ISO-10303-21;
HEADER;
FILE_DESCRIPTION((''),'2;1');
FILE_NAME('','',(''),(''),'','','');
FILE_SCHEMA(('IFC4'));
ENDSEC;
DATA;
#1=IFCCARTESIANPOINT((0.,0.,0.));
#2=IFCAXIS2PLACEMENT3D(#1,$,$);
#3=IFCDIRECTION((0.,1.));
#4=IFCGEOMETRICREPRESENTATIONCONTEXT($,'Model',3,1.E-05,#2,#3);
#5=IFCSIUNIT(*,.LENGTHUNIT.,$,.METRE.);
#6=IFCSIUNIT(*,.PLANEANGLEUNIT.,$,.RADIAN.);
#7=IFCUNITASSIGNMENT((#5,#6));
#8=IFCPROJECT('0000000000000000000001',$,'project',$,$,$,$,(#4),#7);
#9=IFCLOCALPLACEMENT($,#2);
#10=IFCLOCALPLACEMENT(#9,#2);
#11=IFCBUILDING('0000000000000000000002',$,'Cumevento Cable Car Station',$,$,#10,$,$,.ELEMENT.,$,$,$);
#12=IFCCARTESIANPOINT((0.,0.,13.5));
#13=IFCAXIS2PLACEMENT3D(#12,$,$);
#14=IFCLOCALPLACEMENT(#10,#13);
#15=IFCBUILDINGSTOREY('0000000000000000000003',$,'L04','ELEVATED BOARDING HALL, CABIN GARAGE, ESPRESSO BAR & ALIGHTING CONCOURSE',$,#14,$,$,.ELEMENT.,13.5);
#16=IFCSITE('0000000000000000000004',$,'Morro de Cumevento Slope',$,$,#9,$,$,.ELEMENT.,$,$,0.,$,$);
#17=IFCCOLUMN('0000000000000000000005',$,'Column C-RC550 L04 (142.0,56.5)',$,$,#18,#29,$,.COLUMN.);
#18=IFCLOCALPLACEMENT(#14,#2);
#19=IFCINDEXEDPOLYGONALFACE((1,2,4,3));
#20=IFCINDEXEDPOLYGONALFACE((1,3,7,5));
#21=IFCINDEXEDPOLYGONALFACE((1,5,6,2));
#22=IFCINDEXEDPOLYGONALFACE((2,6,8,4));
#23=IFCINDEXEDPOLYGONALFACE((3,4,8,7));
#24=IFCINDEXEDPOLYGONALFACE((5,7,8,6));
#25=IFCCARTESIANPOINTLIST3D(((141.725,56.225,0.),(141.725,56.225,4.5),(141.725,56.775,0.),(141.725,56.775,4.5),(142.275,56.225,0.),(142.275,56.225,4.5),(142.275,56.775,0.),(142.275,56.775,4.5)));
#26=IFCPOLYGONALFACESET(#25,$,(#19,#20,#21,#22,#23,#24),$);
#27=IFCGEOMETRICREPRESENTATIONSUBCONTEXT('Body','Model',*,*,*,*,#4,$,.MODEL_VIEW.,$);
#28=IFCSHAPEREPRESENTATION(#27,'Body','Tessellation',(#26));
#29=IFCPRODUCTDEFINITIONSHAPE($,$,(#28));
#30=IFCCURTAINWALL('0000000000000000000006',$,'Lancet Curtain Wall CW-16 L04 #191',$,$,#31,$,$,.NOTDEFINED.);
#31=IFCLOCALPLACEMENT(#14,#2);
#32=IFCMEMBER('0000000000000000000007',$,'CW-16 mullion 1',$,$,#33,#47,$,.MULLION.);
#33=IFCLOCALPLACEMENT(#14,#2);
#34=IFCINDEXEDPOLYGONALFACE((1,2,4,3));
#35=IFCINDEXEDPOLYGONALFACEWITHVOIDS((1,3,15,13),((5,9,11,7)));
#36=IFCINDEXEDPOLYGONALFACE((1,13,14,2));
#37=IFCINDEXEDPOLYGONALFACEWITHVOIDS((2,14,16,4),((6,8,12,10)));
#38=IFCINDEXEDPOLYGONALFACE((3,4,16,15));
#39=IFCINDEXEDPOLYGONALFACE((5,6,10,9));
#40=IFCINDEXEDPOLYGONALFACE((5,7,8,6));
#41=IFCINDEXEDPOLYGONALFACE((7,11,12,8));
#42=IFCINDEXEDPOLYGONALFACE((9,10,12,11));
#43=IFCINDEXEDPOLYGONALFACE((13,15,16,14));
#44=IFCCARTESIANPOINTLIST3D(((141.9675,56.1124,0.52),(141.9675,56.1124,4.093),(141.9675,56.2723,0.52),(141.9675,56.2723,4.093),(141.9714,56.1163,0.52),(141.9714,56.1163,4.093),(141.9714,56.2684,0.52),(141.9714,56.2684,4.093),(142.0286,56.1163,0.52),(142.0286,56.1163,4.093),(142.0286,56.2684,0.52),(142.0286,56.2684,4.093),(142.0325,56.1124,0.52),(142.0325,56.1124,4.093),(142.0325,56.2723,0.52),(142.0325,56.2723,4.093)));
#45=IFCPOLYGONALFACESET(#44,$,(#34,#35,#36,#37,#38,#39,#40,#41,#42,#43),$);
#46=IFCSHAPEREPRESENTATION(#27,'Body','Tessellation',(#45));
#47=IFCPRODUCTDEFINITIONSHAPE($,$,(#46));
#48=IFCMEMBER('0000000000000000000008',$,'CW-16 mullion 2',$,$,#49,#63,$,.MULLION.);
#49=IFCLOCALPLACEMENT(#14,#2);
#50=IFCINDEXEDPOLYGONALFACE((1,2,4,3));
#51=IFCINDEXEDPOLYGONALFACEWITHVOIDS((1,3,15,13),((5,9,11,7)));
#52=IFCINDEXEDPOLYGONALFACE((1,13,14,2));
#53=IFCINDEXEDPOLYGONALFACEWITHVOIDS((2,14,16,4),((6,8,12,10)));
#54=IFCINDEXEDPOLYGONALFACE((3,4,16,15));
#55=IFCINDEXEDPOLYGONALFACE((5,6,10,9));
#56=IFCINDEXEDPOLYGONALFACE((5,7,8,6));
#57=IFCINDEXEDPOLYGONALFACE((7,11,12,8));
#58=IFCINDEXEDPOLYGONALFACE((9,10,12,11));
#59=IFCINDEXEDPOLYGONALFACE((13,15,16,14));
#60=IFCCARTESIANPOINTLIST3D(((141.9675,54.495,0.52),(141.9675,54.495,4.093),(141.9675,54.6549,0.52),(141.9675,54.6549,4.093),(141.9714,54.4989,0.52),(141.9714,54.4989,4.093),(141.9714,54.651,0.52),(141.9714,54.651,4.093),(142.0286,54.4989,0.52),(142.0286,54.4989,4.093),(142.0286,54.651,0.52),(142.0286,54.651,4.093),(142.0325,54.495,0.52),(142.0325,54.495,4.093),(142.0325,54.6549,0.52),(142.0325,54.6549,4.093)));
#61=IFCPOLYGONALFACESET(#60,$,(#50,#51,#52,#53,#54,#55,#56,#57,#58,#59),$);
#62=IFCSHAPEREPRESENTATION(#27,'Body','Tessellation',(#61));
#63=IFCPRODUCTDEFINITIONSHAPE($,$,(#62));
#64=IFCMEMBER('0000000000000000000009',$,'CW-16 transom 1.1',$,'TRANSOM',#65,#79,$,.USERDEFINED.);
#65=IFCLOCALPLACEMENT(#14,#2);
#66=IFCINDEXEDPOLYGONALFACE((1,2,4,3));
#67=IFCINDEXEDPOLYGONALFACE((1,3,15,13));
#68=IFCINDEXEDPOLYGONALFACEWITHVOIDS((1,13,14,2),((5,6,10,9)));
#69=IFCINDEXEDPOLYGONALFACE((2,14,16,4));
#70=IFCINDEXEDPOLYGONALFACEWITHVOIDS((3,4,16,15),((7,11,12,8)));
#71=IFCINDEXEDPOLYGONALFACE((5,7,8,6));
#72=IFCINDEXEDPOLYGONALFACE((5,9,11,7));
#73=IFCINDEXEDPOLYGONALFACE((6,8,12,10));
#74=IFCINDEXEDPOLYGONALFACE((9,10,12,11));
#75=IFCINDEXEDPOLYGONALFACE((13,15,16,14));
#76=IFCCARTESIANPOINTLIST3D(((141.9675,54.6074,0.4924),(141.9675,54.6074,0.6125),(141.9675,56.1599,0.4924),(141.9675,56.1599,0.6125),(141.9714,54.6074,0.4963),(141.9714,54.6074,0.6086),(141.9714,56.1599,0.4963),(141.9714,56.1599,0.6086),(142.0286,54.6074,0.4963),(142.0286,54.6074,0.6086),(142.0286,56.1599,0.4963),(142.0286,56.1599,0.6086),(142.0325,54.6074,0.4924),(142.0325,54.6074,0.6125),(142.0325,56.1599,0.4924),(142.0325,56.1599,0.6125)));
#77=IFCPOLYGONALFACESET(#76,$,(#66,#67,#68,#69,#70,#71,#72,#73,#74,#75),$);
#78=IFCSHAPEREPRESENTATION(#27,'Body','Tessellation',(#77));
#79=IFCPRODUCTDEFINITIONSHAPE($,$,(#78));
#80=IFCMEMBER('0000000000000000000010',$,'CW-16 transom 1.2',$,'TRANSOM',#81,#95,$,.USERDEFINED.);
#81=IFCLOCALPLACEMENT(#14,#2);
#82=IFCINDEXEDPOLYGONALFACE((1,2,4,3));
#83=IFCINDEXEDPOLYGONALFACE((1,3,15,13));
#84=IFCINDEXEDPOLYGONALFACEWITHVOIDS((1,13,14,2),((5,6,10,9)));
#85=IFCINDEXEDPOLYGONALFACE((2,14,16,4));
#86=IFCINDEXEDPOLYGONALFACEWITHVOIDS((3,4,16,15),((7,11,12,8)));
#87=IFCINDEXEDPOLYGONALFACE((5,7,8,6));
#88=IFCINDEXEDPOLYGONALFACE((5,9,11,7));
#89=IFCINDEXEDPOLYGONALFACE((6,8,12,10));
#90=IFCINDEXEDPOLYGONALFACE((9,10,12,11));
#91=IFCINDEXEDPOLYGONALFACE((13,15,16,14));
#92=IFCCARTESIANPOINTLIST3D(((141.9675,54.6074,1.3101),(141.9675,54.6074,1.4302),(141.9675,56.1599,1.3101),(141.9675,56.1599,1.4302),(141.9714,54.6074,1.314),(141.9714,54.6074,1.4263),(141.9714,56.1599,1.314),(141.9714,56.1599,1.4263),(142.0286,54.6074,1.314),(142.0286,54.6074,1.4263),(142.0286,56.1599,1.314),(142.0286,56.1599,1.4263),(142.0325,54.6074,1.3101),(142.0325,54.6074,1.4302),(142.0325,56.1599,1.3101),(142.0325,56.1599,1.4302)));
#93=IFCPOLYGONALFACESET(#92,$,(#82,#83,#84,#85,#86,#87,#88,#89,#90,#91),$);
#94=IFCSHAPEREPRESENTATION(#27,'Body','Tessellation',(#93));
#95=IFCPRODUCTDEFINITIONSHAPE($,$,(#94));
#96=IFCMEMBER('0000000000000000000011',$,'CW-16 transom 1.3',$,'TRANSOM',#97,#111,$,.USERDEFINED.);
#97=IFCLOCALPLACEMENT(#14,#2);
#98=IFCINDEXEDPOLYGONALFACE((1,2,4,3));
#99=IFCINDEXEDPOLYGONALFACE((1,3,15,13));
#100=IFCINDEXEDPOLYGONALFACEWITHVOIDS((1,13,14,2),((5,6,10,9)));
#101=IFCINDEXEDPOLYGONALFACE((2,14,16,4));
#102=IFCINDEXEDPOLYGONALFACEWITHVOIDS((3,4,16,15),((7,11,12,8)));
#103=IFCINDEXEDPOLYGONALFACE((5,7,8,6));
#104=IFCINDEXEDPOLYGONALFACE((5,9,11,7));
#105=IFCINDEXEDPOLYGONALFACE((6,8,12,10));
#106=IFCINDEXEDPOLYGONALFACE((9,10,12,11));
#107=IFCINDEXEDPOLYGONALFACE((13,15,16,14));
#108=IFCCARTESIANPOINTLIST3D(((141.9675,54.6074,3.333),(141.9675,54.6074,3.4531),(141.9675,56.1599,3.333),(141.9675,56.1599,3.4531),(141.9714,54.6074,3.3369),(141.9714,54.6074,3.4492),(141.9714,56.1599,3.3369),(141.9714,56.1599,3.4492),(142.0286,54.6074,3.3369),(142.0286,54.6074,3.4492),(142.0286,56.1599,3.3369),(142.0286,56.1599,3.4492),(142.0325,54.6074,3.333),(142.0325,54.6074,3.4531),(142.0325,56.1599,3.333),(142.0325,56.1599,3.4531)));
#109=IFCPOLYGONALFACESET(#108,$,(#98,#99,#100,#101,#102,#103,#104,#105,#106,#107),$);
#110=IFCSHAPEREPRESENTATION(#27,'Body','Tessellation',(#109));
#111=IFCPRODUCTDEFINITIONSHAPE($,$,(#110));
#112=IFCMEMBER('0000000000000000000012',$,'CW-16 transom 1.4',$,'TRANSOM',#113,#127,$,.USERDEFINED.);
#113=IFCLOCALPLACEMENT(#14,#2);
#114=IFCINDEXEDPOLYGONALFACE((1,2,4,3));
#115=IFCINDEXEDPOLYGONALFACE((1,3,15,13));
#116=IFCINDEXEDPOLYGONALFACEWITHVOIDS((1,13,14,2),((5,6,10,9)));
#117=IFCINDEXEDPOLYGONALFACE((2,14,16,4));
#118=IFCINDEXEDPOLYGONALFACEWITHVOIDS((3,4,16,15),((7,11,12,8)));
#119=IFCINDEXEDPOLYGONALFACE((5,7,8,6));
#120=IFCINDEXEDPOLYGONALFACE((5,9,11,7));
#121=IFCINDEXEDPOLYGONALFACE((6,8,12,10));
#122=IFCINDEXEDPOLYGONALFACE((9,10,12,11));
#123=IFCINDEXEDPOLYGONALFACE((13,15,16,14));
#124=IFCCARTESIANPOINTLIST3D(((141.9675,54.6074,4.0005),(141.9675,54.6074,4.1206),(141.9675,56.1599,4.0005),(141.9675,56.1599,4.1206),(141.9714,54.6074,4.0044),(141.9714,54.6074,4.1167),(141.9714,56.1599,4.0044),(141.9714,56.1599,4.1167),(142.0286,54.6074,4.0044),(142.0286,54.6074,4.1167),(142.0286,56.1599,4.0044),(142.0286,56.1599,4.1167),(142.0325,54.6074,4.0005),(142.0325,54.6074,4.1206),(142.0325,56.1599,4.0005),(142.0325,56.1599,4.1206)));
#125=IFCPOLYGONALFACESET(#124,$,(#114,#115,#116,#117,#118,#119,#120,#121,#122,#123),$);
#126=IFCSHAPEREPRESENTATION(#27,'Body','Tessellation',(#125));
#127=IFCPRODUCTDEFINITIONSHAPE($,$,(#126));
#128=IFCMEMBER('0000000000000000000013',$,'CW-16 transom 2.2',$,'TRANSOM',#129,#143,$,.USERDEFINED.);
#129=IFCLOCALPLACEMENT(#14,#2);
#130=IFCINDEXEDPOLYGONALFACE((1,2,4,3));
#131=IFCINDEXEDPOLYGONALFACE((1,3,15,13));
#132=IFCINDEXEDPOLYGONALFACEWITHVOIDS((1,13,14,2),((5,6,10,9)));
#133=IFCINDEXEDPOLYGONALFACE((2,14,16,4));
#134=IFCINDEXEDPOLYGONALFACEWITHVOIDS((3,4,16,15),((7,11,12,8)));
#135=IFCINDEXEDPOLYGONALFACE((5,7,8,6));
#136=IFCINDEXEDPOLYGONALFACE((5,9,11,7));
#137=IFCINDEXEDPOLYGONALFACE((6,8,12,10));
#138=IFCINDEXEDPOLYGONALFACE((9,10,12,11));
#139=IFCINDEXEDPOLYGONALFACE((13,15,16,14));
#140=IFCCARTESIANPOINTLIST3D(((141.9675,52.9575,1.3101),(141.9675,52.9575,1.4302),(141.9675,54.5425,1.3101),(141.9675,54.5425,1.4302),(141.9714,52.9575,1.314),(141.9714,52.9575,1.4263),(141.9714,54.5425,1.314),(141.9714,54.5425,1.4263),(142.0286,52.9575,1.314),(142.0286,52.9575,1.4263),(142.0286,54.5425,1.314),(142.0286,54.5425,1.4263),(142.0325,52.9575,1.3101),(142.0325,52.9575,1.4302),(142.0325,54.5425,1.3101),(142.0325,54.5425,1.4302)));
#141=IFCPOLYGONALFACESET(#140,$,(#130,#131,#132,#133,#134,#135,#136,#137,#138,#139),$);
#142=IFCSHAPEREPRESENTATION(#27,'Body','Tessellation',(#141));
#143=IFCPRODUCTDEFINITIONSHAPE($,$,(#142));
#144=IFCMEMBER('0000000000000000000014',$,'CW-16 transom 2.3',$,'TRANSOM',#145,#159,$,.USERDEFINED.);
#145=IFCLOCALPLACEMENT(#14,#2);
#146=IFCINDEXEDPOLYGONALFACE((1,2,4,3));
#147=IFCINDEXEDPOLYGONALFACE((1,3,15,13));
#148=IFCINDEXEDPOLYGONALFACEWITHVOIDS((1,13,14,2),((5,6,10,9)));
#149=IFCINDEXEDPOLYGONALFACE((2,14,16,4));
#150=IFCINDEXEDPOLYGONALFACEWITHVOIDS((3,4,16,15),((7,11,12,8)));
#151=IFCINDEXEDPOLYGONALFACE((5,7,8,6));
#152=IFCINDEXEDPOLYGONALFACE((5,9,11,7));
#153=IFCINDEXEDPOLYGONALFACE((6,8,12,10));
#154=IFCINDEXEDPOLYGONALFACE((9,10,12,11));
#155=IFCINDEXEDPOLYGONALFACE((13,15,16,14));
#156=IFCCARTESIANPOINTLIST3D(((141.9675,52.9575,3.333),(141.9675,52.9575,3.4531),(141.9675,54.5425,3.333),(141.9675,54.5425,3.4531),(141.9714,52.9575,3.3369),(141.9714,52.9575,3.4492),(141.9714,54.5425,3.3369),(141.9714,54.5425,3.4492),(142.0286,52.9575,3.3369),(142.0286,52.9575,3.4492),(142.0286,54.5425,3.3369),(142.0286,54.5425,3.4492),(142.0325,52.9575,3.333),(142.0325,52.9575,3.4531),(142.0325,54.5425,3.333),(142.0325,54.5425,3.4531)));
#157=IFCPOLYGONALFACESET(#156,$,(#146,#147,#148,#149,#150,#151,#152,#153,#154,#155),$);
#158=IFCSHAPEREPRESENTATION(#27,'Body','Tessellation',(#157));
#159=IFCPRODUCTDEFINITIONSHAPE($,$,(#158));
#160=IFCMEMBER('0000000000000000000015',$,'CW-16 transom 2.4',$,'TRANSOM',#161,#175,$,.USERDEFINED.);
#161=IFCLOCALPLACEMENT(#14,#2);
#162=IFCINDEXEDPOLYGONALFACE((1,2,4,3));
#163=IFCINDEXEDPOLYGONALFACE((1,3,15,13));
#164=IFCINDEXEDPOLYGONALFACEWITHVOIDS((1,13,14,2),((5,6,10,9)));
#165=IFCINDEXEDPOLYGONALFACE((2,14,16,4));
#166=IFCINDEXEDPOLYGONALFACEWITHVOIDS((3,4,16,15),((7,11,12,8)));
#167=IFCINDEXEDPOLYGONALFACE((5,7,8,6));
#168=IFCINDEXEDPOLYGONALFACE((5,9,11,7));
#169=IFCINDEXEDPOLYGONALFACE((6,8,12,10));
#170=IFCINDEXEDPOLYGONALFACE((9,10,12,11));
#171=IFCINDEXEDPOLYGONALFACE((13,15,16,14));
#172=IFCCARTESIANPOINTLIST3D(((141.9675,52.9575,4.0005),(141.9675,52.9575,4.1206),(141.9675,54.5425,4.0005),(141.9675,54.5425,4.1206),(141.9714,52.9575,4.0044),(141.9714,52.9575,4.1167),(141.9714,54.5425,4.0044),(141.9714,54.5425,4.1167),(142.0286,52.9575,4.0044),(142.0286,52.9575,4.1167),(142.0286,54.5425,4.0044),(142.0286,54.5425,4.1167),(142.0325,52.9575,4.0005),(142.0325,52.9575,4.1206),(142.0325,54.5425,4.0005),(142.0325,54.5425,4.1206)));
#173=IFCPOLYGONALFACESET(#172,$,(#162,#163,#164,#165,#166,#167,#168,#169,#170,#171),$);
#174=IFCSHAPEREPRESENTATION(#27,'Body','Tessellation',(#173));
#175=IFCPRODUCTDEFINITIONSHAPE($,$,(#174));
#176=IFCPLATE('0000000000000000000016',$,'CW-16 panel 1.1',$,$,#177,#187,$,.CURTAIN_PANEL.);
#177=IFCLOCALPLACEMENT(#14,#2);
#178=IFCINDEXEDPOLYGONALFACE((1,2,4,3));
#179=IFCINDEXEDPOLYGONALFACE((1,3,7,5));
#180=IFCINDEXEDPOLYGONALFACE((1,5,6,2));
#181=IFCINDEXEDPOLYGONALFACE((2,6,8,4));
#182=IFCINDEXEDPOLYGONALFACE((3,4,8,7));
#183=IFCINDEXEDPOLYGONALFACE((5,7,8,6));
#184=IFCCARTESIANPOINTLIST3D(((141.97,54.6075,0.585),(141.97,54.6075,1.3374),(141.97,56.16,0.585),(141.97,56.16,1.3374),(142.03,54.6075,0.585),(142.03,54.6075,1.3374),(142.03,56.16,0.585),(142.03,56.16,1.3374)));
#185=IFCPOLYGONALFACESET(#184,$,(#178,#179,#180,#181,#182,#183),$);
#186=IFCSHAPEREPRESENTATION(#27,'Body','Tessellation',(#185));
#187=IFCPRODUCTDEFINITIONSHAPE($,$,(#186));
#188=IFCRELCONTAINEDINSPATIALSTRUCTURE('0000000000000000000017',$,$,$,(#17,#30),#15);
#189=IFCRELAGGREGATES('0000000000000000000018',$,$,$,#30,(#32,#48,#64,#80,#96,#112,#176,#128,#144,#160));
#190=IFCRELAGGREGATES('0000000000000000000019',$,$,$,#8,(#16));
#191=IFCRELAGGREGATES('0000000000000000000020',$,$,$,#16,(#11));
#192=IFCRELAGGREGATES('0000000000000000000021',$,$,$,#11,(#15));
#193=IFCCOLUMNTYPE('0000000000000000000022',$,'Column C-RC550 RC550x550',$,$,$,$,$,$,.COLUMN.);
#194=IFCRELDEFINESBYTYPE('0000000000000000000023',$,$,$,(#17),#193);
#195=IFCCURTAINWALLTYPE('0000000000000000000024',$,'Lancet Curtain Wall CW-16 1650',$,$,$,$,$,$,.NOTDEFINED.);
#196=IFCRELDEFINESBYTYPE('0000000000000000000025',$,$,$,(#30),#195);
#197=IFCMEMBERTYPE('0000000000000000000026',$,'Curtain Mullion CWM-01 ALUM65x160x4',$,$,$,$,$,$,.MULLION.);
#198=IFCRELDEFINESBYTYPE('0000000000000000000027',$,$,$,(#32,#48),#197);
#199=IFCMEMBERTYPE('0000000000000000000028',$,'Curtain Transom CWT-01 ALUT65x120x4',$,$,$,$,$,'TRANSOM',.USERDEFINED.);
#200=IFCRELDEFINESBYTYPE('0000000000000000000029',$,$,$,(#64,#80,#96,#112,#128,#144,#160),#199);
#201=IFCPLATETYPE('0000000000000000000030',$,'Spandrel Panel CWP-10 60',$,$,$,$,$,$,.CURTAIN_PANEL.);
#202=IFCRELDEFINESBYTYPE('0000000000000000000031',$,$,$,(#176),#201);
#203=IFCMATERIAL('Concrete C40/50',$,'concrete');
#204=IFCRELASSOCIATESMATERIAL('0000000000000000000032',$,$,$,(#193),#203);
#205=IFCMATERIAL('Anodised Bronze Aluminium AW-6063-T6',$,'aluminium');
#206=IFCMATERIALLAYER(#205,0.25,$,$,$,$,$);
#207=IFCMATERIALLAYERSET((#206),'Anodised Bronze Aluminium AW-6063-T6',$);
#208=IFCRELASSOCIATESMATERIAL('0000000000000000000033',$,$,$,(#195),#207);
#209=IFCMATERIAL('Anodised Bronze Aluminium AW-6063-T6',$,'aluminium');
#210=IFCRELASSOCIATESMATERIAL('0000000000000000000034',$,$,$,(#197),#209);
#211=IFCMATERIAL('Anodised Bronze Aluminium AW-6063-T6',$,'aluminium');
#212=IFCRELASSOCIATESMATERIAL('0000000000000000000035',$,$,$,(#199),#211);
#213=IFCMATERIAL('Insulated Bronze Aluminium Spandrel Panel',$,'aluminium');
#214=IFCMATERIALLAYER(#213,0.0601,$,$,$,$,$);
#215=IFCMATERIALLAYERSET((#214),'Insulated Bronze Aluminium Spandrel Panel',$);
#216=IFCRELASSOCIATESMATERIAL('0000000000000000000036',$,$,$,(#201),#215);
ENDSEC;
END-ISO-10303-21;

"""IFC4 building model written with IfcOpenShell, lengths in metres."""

from ifc_helpers import new_model, si_unit, direction, frame, origin, origin_2d, place, context, subcontext, project, spatial, rectangle, hollow_rectangle, extrude, material, layer, layer_set, material_profile, profile_set, type_object, element, aggregate, save


model = new_model("IFC4")

# Units and contexts
model_context = context("Model", 3, precision=1e-05, world=origin(), true_north=direction((0.0, 1.0)))
body_context = subcontext(model_context, "Body", "Model", "MODEL_VIEW")
ifc_project = project(units=[si_unit("LENGTHUNIT", "METRE"), si_unit("PLANEANGLEUNIT", "RADIAN")], contexts=[model_context])

# Site, building, storey
site_placement = place(None, origin())
site = spatial("IfcSite", under=ifc_project, at=site_placement, Name="Morro de Cumevento Slope", CompositionType="ELEMENT", RefElevation=0.0)
building_placement = place(site_placement, origin())
building = spatial("IfcBuilding", under=site, at=building_placement, Name="Cumevento Cable Car Station", CompositionType="ELEMENT")
storey_placement = place(building_placement, frame((0.0, 0.0, 13.5)))
storey = spatial("IfcBuildingStorey", under=building, at=storey_placement, Name="L04", Description="ELEVATED BOARDING HALL, CABIN GARAGE, ESPRESSO BAR & ALIGHTING CONCOURSE", CompositionType="ELEMENT", Elevation=13.5)

# Column
ifc_material_1 = material(Name="Concrete C40/50", Category="concrete")
ifc_material_profile_1 = material_profile(ifc_material_1, rectangle(XDim=0.55, YDim=0.55, at=origin_2d()), Name="RC550x550")
ifc_profile_set_1 = profile_set([ifc_material_profile_1], Name="Concrete C40/50")
column_type = type_object("IfcColumnType", Name="Column C-RC550 RC550x550", PredefinedType="COLUMN", material=ifc_profile_set_1)
column_placement = place(storey_placement, frame((142.0, 56.5, 0.0), z_axis=(0.0, 0.0, 1.0), x_axis=(1.0, 0.0, 0.0)))
element("IfcColumn", 1, at=column_placement, inside=storey, type_object=column_type, Name="Column C-RC550 L04 (142.0,56.5)", PredefinedType="COLUMN", context=body_context, shape_type="SweptSolid", body=[
    extrude(rectangle(XDim=0.55, YDim=0.55, at=origin_2d()), origin(), (0.0, 0.0, 1.0), 4.5),
])

# Curtain wall, members, plate
ifc_material_2 = material(Name="Anodised Bronze Aluminium AW-6063-T6", Category="aluminium")
ifc_layer_1 = layer(ifc_material_2, 0.25)
ifc_layer_set_1 = layer_set([ifc_layer_1], Name="Anodised Bronze Aluminium AW-6063-T6")
curtain_wall_type = type_object("IfcCurtainWallType", Name="Lancet Curtain Wall CW-16 1650", PredefinedType="NOTDEFINED", material=ifc_layer_set_1)
curtain_wall_placement = place(storey_placement, origin())
curtain_wall = element("IfcCurtainWall", 2, at=curtain_wall_placement, inside=storey, type_object=curtain_wall_type, Name="Lancet Curtain Wall CW-16 L04 #191", PredefinedType="NOTDEFINED")
ifc_material_3 = material(Name="Anodised Bronze Aluminium AW-6063-T6", Category="aluminium")
ifc_material_profile_2 = material_profile(ifc_material_3, hollow_rectangle(XDim=0.0649, YDim=0.1599, WallThickness=0.0039, at=origin_2d()), Name="ALUM65x160x4")
ifc_profile_set_2 = profile_set([ifc_material_profile_2], Name="Anodised Bronze Aluminium AW-6063-T6")
member_type_1 = type_object("IfcMemberType", Name="Curtain Mullion CWM-01 ALUM65x160x4", PredefinedType="MULLION", material=ifc_profile_set_2)
member_1_placement = place(storey_placement, frame((142.0, 56.1924, 0.52), z_axis=(0.0, 0.0, 1.0), x_axis=(1.0, 0.0, 0.0)))
member_1 = element("IfcMember", 3, at=member_1_placement, type_object=member_type_1, Name="CW-16 mullion 1", PredefinedType="MULLION", context=body_context, shape_type="SweptSolid", body=[
    extrude(hollow_rectangle(XDim=0.0649, YDim=0.1599, WallThickness=0.0039, at=origin_2d()), origin(), (0.0, 0.0, 1.0), 3.573),
])
member_2_placement = place(storey_placement, frame((142.0, 54.575, 0.52), z_axis=(0.0, 0.0, 1.0), x_axis=(1.0, 0.0, 0.0)))
member_2 = element("IfcMember", 4, at=member_2_placement, type_object=member_type_1, Name="CW-16 mullion 2", PredefinedType="MULLION", context=body_context, shape_type="SweptSolid", body=[
    extrude(hollow_rectangle(XDim=0.0649, YDim=0.1599, WallThickness=0.0039, at=origin_2d()), origin(), (0.0, 0.0, 1.0), 3.573),
])
ifc_material_4 = material(Name="Anodised Bronze Aluminium AW-6063-T6", Category="aluminium")
ifc_material_profile_3 = material_profile(ifc_material_4, hollow_rectangle(XDim=0.0649, YDim=0.1201, WallThickness=0.0039, at=origin_2d()), Name="ALUT65x120x4")
ifc_profile_set_3 = profile_set([ifc_material_profile_3], Name="Anodised Bronze Aluminium AW-6063-T6")
member_type_2 = type_object("IfcMemberType", Name="Curtain Transom CWT-01 ALUT65x120x4", ElementType="TRANSOM", PredefinedType="USERDEFINED", material=ifc_profile_set_3)
member_3_placement = place(storey_placement, frame((142.0, 56.1599, 0.5525), z_axis=(0.0, -1.0, 0.0), x_axis=(1.0, 0.0, 0.0)))
member_3 = element("IfcMember", 5, at=member_3_placement, type_object=member_type_2, Name="CW-16 transom 1.1", ObjectType="TRANSOM", PredefinedType="USERDEFINED", context=body_context, shape_type="SweptSolid", body=[
    extrude(hollow_rectangle(XDim=0.0649, YDim=0.1201, WallThickness=0.0039, at=origin_2d()), origin(), (0.0, 0.0, 1.0), 1.5525),
])
member_4_placement = place(storey_placement, frame((142.0, 56.1599, 1.3701), z_axis=(0.0, -1.0, 0.0), x_axis=(1.0, 0.0, 0.0)))
member_4 = element("IfcMember", 6, at=member_4_placement, type_object=member_type_2, Name="CW-16 transom 1.2", ObjectType="TRANSOM", PredefinedType="USERDEFINED", context=body_context, shape_type="SweptSolid", body=[
    extrude(hollow_rectangle(XDim=0.0649, YDim=0.1201, WallThickness=0.0039, at=origin_2d()), origin(), (0.0, 0.0, 1.0), 1.5525),
])
member_5_placement = place(storey_placement, frame((142.0, 56.1599, 3.3931), z_axis=(0.0, -1.0, 0.0), x_axis=(1.0, 0.0, 0.0)))
member_5 = element("IfcMember", 7, at=member_5_placement, type_object=member_type_2, Name="CW-16 transom 1.3", ObjectType="TRANSOM", PredefinedType="USERDEFINED", context=body_context, shape_type="SweptSolid", body=[
    extrude(hollow_rectangle(XDim=0.0649, YDim=0.1201, WallThickness=0.0039, at=origin_2d()), origin(), (0.0, 0.0, 1.0), 1.5525),
])
member_6_placement = place(storey_placement, frame((142.0, 56.1599, 4.0605), z_axis=(0.0, -1.0, 0.0), x_axis=(1.0, 0.0, 0.0)))
member_6 = element("IfcMember", 8, at=member_6_placement, type_object=member_type_2, Name="CW-16 transom 1.4", ObjectType="TRANSOM", PredefinedType="USERDEFINED", context=body_context, shape_type="SweptSolid", body=[
    extrude(hollow_rectangle(XDim=0.0649, YDim=0.1201, WallThickness=0.0039, at=origin_2d()), origin(), (0.0, 0.0, 1.0), 1.5525),
])
member_7_placement = place(storey_placement, frame((142.0, 54.5425, 1.3701), z_axis=(0.0, -1.0, 0.0), x_axis=(1.0, 0.0, 0.0)))
member_7 = element("IfcMember", 9, at=member_7_placement, type_object=member_type_2, Name="CW-16 transom 2.2", ObjectType="TRANSOM", PredefinedType="USERDEFINED", context=body_context, shape_type="SweptSolid", body=[
    extrude(hollow_rectangle(XDim=0.0649, YDim=0.1201, WallThickness=0.0039, at=origin_2d()), origin(), (0.0, 0.0, 1.0), 1.585),
])
member_8_placement = place(storey_placement, frame((142.0, 54.5425, 3.3931), z_axis=(0.0, -1.0, 0.0), x_axis=(1.0, 0.0, 0.0)))
member_8 = element("IfcMember", 10, at=member_8_placement, type_object=member_type_2, Name="CW-16 transom 2.3", ObjectType="TRANSOM", PredefinedType="USERDEFINED", context=body_context, shape_type="SweptSolid", body=[
    extrude(hollow_rectangle(XDim=0.0649, YDim=0.1201, WallThickness=0.0039, at=origin_2d()), origin(), (0.0, 0.0, 1.0), 1.585),
])
member_9_placement = place(storey_placement, frame((142.0, 54.5425, 4.0605), z_axis=(0.0, -1.0, 0.0), x_axis=(1.0, 0.0, 0.0)))
member_9 = element("IfcMember", 11, at=member_9_placement, type_object=member_type_2, Name="CW-16 transom 2.4", ObjectType="TRANSOM", PredefinedType="USERDEFINED", context=body_context, shape_type="SweptSolid", body=[
    extrude(hollow_rectangle(XDim=0.0649, YDim=0.1201, WallThickness=0.0039, at=origin_2d()), origin(), (0.0, 0.0, 1.0), 1.585),
])
ifc_material_5 = material(Name="Insulated Bronze Aluminium Spandrel Panel", Category="aluminium")
ifc_layer_2 = layer(ifc_material_5, 0.0601)
ifc_layer_set_2 = layer_set([ifc_layer_2], Name="Insulated Bronze Aluminium Spandrel Panel")
plate_type = type_object("IfcPlateType", Name="Spandrel Panel CWP-10 60", PredefinedType="CURTAIN_PANEL", material=ifc_layer_set_2)
plate_1_placement = place(storey_placement, frame((142.0, 55.3838, 0.585), z_axis=(0.0, 0.0, 1.0), x_axis=(0.0, -1.0, 0.0)))
plate_1 = element("IfcPlate", 12, at=plate_1_placement, type_object=plate_type, Name="CW-16 panel 1.1", PredefinedType="CURTAIN_PANEL", context=body_context, shape_type="SweptSolid", body=[
    extrude(rectangle(XDim=1.5525, YDim=0.0601, at=origin_2d()), origin(), (0.0, 0.0, 1.0), 0.7524),
])
aggregate(curtain_wall, [member_1, member_2, member_3, member_4, member_5, member_6, plate_1, member_7, member_8, member_9])

save(model, "model.ifc")
